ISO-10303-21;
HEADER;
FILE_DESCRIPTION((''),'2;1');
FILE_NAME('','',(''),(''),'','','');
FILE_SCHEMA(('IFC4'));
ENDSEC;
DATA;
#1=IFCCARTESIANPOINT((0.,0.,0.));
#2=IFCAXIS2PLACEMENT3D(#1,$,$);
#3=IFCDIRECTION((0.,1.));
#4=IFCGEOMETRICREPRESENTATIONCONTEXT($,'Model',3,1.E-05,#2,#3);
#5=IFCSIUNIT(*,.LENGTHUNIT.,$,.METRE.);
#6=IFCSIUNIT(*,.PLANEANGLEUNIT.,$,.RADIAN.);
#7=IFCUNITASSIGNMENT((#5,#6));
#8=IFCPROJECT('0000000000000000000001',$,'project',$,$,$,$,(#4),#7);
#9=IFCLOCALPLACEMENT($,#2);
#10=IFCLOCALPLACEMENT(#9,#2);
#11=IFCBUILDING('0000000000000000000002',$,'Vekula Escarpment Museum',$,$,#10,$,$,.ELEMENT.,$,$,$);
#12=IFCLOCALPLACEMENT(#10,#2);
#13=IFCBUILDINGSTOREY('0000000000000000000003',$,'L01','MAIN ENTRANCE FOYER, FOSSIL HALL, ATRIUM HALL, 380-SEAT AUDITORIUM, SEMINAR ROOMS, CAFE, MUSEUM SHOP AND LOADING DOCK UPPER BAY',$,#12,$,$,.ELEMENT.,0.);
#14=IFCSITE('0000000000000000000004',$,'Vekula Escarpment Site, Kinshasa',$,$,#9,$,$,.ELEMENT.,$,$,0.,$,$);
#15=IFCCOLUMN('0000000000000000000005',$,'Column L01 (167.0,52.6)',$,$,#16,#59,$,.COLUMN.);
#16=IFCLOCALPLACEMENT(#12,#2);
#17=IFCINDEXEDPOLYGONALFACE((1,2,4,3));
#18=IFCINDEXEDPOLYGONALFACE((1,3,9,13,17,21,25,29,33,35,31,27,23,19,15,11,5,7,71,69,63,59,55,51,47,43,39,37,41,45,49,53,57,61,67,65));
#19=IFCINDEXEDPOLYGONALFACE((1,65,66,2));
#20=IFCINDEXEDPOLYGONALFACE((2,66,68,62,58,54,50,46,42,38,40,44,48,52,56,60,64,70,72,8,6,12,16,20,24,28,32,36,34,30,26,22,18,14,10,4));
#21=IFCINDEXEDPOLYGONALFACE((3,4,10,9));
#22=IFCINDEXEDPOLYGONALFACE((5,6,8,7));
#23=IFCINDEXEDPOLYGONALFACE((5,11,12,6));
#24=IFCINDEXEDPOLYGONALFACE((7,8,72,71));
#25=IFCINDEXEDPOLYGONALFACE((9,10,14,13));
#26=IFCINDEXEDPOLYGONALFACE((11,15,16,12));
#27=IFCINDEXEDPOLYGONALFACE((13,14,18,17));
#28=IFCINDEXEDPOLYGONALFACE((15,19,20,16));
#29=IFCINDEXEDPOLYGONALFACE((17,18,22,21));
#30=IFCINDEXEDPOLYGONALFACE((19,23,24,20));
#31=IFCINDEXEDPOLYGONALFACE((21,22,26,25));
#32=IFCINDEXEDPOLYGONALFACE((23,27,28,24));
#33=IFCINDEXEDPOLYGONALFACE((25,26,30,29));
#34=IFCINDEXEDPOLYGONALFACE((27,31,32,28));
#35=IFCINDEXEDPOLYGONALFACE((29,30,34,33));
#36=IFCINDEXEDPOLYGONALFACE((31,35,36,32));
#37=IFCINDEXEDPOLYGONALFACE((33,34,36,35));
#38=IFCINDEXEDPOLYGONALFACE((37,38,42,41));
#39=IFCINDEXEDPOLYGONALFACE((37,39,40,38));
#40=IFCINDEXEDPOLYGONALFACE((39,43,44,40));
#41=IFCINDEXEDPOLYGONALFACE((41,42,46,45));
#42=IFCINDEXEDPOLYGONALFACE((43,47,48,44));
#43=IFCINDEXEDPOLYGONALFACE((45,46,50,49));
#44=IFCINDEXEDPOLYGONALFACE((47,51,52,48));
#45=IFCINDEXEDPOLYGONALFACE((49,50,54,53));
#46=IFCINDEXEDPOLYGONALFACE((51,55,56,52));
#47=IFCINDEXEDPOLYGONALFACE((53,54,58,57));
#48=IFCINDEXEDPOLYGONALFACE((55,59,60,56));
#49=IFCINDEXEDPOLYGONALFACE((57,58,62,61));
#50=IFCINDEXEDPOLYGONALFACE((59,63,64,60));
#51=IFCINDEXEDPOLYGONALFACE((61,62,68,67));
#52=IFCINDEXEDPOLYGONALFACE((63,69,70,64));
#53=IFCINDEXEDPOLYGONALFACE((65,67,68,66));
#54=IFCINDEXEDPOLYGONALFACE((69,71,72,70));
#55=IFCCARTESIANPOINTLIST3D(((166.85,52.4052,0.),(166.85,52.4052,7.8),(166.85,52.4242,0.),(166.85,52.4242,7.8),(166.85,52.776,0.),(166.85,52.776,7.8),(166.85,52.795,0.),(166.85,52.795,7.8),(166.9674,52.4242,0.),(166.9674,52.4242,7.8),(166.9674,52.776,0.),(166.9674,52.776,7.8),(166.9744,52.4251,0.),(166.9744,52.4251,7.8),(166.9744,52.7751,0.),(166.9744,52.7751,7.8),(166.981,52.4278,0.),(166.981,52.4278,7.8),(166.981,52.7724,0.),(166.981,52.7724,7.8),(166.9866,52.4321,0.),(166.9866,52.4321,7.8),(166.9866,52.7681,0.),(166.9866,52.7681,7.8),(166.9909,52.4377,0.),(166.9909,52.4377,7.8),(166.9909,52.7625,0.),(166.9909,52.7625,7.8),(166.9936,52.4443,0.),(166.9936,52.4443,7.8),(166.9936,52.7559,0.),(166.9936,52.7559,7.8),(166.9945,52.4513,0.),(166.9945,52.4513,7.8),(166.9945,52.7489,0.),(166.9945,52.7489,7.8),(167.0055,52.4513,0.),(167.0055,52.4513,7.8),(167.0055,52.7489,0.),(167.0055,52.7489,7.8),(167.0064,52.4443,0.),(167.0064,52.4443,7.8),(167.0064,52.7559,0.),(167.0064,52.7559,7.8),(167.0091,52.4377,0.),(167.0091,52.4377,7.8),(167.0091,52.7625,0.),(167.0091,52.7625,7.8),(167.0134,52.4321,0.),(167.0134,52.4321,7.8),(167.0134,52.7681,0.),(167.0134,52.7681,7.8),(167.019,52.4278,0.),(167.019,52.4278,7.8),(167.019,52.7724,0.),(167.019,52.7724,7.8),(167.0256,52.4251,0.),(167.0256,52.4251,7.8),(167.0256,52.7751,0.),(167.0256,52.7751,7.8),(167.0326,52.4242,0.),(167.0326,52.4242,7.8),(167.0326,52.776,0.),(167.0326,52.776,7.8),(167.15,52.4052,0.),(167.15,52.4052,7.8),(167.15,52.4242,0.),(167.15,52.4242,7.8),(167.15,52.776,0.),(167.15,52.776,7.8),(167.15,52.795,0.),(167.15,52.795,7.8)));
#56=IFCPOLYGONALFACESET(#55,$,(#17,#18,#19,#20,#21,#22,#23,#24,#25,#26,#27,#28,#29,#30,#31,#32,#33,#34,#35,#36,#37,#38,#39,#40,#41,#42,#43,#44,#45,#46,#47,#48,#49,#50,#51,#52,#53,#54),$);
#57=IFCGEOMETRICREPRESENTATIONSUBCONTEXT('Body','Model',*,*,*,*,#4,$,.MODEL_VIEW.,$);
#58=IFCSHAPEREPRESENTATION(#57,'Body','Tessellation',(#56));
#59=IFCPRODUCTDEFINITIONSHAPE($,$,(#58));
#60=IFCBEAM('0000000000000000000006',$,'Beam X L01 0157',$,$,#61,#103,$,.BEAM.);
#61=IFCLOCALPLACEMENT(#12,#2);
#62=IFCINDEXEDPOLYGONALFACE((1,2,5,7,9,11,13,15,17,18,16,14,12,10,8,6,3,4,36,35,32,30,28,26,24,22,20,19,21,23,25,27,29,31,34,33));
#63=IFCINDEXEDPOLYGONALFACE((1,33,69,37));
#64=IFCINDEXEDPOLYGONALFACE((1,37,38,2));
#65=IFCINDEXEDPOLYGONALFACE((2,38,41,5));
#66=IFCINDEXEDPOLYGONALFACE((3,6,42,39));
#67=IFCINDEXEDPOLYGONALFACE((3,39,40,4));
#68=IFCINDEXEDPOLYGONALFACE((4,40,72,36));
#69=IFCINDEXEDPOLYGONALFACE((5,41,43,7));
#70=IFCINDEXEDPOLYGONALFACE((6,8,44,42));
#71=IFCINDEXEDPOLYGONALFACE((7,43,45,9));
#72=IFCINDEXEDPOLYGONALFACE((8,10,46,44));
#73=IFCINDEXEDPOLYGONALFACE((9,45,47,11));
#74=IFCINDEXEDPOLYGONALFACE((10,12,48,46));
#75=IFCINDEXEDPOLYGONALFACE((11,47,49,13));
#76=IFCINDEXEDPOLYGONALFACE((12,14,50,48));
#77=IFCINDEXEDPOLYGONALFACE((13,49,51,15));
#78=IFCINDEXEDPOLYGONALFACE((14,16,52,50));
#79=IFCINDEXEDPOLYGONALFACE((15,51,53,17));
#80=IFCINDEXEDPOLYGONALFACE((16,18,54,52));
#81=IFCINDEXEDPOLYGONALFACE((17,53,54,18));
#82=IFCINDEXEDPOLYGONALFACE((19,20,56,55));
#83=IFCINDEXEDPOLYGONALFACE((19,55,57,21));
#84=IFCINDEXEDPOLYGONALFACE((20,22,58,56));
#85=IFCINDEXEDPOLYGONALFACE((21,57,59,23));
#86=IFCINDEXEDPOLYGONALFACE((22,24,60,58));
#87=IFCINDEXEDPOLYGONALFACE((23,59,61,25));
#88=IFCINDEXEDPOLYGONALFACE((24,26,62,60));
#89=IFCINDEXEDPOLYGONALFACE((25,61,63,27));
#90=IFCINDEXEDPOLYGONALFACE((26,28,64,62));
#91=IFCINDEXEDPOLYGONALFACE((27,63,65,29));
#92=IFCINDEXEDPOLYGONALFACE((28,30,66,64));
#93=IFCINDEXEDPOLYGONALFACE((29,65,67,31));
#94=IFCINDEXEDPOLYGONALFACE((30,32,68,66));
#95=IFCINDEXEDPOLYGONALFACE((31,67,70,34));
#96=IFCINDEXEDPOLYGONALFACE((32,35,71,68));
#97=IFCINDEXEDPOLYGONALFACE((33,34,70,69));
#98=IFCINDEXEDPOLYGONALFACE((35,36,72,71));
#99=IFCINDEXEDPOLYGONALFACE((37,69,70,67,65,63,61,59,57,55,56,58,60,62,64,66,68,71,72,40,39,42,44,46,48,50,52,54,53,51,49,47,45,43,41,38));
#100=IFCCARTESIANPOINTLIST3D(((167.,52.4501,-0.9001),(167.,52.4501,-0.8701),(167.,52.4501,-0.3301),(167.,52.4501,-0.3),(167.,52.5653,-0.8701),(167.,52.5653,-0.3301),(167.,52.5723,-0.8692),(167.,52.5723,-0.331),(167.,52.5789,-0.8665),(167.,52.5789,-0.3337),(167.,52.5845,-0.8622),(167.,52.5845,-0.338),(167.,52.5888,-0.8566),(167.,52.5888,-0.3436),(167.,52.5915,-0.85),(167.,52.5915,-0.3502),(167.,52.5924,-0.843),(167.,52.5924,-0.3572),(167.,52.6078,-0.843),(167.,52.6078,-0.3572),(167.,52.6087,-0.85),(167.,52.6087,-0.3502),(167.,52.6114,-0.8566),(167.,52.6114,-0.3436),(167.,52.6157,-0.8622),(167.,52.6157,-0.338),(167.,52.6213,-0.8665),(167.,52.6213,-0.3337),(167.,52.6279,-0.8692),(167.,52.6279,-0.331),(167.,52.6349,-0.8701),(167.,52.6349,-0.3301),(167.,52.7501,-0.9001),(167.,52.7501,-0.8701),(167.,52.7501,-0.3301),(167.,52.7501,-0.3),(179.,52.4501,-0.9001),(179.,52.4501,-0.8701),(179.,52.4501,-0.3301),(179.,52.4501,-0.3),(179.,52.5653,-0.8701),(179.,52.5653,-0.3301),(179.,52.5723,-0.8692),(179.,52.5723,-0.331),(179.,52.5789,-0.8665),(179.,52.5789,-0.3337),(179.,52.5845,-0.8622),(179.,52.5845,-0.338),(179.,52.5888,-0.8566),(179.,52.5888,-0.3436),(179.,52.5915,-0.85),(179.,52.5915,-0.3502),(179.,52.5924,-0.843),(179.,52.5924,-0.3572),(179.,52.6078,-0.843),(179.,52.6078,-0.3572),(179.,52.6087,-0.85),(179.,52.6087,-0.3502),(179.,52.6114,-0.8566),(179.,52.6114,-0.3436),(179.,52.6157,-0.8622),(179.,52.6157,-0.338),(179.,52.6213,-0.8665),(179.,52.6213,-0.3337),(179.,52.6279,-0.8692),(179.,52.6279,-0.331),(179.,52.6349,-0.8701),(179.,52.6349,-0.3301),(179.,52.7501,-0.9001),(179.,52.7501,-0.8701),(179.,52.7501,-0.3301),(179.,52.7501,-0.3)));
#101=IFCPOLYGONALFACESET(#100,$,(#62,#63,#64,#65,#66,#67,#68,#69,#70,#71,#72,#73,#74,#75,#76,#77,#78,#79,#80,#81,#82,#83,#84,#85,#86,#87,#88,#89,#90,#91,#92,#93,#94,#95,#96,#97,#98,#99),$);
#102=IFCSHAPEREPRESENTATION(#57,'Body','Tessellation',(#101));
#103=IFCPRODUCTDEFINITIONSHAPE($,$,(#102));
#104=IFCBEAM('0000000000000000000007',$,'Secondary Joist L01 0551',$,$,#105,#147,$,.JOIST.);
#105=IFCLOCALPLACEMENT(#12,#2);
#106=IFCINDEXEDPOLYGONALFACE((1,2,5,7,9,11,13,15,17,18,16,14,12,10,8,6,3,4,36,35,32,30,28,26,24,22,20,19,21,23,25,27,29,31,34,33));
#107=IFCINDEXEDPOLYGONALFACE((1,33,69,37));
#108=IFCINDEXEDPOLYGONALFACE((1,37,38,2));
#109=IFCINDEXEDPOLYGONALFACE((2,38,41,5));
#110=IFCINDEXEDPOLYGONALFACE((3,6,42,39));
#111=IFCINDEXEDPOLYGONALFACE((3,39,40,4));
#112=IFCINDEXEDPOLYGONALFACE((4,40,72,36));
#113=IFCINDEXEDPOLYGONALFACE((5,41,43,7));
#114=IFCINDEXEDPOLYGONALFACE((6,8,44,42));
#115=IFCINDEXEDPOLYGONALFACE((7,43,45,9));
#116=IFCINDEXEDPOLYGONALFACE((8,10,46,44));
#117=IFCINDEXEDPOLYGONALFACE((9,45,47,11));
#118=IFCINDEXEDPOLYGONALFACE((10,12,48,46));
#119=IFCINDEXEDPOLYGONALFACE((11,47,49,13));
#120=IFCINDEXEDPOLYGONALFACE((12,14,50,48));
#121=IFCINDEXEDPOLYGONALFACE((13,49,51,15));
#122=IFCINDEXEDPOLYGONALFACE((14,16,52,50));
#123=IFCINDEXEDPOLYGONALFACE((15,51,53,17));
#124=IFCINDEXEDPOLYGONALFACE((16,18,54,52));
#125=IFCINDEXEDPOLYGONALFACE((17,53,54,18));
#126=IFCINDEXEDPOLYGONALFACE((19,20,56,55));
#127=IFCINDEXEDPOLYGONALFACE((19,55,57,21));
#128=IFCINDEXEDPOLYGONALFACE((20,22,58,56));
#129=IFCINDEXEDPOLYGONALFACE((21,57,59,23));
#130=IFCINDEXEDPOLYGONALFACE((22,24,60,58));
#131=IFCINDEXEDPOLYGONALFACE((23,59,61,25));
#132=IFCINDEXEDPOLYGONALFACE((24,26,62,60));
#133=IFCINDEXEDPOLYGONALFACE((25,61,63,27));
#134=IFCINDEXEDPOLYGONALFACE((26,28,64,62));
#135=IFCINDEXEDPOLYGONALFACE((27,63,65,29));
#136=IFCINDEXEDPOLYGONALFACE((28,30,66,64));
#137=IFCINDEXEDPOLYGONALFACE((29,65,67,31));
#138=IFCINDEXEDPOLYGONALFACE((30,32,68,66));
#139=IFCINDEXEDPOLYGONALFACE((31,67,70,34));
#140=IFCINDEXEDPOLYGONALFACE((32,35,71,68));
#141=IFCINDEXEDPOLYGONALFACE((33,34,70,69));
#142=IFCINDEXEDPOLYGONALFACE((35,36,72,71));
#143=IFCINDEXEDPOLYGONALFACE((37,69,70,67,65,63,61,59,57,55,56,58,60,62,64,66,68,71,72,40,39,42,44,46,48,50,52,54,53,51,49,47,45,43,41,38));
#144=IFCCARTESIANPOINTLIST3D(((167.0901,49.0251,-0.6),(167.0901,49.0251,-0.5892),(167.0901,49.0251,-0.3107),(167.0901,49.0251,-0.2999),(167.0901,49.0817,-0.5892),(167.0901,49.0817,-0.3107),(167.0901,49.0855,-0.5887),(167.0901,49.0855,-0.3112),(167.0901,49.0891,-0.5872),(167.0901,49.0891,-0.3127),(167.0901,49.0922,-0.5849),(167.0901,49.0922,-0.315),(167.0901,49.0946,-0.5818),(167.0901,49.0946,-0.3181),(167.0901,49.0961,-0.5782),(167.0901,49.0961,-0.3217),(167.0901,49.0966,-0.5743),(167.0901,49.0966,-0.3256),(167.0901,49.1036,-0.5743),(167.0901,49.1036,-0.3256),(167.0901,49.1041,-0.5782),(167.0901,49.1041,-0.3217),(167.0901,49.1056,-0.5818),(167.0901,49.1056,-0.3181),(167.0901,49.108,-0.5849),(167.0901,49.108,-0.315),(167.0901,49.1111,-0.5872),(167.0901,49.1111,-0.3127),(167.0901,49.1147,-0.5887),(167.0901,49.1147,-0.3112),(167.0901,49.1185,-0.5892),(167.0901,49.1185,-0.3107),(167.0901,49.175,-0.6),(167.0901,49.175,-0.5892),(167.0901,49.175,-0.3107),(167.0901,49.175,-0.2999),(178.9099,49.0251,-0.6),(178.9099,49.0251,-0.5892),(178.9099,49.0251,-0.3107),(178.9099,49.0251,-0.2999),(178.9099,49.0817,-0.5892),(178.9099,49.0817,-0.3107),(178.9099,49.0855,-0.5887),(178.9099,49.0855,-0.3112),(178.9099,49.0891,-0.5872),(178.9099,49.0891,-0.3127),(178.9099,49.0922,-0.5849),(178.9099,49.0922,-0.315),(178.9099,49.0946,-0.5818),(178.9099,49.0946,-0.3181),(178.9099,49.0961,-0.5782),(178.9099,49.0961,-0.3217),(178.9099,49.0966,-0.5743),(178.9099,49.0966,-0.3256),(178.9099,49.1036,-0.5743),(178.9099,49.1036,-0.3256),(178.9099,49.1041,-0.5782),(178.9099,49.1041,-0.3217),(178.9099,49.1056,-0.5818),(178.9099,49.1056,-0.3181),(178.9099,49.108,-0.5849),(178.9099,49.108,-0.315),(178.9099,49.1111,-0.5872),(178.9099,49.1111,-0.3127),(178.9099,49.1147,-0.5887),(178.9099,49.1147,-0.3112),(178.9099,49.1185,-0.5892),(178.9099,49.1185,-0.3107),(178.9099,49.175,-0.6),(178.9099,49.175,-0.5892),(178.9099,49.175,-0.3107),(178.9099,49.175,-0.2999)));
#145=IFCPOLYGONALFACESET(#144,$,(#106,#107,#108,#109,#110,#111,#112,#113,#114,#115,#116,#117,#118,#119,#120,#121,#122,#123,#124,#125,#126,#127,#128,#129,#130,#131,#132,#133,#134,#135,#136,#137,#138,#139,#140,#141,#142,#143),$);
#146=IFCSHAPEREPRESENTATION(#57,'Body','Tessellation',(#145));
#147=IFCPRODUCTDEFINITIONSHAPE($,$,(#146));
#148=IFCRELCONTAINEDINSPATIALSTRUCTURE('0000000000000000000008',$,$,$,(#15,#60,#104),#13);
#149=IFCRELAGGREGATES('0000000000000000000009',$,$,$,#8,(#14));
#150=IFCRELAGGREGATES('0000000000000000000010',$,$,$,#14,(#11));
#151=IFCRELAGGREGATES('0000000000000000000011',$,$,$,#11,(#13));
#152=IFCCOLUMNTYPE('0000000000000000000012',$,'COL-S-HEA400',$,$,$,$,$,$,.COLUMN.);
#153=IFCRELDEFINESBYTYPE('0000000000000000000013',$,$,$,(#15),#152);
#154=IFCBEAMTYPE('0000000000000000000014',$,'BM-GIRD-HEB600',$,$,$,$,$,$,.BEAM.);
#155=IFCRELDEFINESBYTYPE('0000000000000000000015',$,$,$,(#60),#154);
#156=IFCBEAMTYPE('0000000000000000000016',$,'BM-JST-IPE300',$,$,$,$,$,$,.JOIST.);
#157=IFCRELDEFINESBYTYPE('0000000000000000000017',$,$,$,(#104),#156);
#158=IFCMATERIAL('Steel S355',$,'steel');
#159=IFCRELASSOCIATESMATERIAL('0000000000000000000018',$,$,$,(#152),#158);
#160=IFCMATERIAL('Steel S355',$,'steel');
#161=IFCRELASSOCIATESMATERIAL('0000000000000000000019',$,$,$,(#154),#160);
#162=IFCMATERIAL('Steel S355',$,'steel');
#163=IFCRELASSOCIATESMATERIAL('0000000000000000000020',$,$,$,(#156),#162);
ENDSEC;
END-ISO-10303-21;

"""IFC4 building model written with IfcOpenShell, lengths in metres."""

from ifc_helpers import new_model, si_unit, direction, frame, origin, origin_2d, place, context, subcontext, project, spatial, i_section, extrude, material, material_profile, profile_set, type_object, element, save


model = new_model("IFC4")

# Units and contexts
model_context = context("Model", 3, precision=1e-05, world=origin(), true_north=direction((0.0, 1.0)))
body_context = subcontext(model_context, "Body", "Model", "MODEL_VIEW")
ifc_project = project(units=[si_unit("LENGTHUNIT", "METRE"), si_unit("PLANEANGLEUNIT", "RADIAN")], contexts=[model_context])

# Site, building, storey
site_placement = place(None, origin())
site = spatial("IfcSite", under=ifc_project, at=site_placement, Name="Vekula Escarpment Site, Kinshasa", CompositionType="ELEMENT", RefElevation=0.0)
building_placement = place(site_placement, origin())
building = spatial("IfcBuilding", under=site, at=building_placement, Name="Vekula Escarpment Museum", CompositionType="ELEMENT")
storey_placement = place(building_placement, origin())
storey = spatial("IfcBuildingStorey", under=building, at=storey_placement, Name="L01", Description="MAIN ENTRANCE FOYER, FOSSIL HALL, ATRIUM HALL, 380-SEAT AUDITORIUM, SEMINAR ROOMS, CAFE, MUSEUM SHOP AND LOADING DOCK UPPER BAY", CompositionType="ELEMENT", Elevation=0.0)

# Column
ifc_material_1 = material(Name="Steel S355", Category="steel")
ifc_material_profile_1 = material_profile(ifc_material_1, i_section(OverallWidth=0.3, OverallDepth=0.3899, WebThickness=0.011, FlangeThickness=0.019, FilletRadius=0.0271, at=origin_2d()), Name="HEA 400")
ifc_profile_set_1 = profile_set([ifc_material_profile_1], Name="Steel S355")
column_type = type_object("IfcColumnType", Name="COL-S-HEA400", PredefinedType="COLUMN", material=ifc_profile_set_1)
column_placement = place(storey_placement, frame((167.0, 52.6001, 0.0), z_axis=(0.0, 0.0, 1.0), x_axis=(1.0, 0.0, 0.0)))
element("IfcColumn", 1, at=column_placement, inside=storey, type_object=column_type, Name="Column L01 (167.0,52.6)", PredefinedType="COLUMN", context=body_context, shape_type="SweptSolid", body=[
    extrude(i_section(OverallWidth=0.3, OverallDepth=0.3899, WebThickness=0.011, FlangeThickness=0.019, FilletRadius=0.0271, at=origin_2d()), origin(), (0.0, 0.0, 1.0), 7.8),
])

# Beams
ifc_material_2 = material(Name="Steel S355", Category="steel")
ifc_material_profile_2 = material_profile(ifc_material_2, i_section(OverallWidth=0.3, OverallDepth=0.6001, WebThickness=0.0154, FlangeThickness=0.03, FilletRadius=0.0271, at=origin_2d()), Name="HEB 600")
ifc_profile_set_2 = profile_set([ifc_material_profile_2], Name="Steel S355")
beam_type_1 = type_object("IfcBeamType", Name="BM-GIRD-HEB600", PredefinedType="BEAM", material=ifc_profile_set_2)
beam_1_placement = place(storey_placement, frame((167.0, 52.6001, -0.6001), z_axis=(1.0, 0.0, 0.0), x_axis=(0.0, 1.0, 0.0)))
element("IfcBeam", 2, at=beam_1_placement, inside=storey, type_object=beam_type_1, Name="Beam X L01 0157", PredefinedType="BEAM", context=body_context, shape_type="SweptSolid", body=[
    extrude(i_section(OverallWidth=0.3, OverallDepth=0.6001, WebThickness=0.0154, FlangeThickness=0.03, FilletRadius=0.0271, at=origin_2d()), origin(), (0.0, 0.0, 1.0), 12.0),
])
ifc_material_3 = material(Name="Steel S355", Category="steel")
ifc_material_profile_3 = material_profile(ifc_material_3, i_section(OverallWidth=0.1499, OverallDepth=0.3, WebThickness=0.0071, FlangeThickness=0.0107, FilletRadius=0.0149, at=origin_2d()), Name="IPE 300")
ifc_profile_set_3 = profile_set([ifc_material_profile_3], Name="Steel S355")
beam_type_2 = type_object("IfcBeamType", Name="BM-JST-IPE300", PredefinedType="JOIST", material=ifc_profile_set_3)
beam_2_placement = place(storey_placement, frame((167.0901, 49.1001, -0.45), z_axis=(1.0, 0.0, 0.0), x_axis=(0.0, 1.0, 0.0)))
element("IfcBeam", 3, at=beam_2_placement, inside=storey, type_object=beam_type_2, Name="Secondary Joist L01 0551", PredefinedType="JOIST", context=body_context, shape_type="SweptSolid", body=[
    extrude(i_section(OverallWidth=0.1499, OverallDepth=0.3, WebThickness=0.0071, FlangeThickness=0.0107, FilletRadius=0.0149, at=origin_2d()), origin(), (0.0, 0.0, 1.0), 11.8198),
])

save(model, "model.ifc")
